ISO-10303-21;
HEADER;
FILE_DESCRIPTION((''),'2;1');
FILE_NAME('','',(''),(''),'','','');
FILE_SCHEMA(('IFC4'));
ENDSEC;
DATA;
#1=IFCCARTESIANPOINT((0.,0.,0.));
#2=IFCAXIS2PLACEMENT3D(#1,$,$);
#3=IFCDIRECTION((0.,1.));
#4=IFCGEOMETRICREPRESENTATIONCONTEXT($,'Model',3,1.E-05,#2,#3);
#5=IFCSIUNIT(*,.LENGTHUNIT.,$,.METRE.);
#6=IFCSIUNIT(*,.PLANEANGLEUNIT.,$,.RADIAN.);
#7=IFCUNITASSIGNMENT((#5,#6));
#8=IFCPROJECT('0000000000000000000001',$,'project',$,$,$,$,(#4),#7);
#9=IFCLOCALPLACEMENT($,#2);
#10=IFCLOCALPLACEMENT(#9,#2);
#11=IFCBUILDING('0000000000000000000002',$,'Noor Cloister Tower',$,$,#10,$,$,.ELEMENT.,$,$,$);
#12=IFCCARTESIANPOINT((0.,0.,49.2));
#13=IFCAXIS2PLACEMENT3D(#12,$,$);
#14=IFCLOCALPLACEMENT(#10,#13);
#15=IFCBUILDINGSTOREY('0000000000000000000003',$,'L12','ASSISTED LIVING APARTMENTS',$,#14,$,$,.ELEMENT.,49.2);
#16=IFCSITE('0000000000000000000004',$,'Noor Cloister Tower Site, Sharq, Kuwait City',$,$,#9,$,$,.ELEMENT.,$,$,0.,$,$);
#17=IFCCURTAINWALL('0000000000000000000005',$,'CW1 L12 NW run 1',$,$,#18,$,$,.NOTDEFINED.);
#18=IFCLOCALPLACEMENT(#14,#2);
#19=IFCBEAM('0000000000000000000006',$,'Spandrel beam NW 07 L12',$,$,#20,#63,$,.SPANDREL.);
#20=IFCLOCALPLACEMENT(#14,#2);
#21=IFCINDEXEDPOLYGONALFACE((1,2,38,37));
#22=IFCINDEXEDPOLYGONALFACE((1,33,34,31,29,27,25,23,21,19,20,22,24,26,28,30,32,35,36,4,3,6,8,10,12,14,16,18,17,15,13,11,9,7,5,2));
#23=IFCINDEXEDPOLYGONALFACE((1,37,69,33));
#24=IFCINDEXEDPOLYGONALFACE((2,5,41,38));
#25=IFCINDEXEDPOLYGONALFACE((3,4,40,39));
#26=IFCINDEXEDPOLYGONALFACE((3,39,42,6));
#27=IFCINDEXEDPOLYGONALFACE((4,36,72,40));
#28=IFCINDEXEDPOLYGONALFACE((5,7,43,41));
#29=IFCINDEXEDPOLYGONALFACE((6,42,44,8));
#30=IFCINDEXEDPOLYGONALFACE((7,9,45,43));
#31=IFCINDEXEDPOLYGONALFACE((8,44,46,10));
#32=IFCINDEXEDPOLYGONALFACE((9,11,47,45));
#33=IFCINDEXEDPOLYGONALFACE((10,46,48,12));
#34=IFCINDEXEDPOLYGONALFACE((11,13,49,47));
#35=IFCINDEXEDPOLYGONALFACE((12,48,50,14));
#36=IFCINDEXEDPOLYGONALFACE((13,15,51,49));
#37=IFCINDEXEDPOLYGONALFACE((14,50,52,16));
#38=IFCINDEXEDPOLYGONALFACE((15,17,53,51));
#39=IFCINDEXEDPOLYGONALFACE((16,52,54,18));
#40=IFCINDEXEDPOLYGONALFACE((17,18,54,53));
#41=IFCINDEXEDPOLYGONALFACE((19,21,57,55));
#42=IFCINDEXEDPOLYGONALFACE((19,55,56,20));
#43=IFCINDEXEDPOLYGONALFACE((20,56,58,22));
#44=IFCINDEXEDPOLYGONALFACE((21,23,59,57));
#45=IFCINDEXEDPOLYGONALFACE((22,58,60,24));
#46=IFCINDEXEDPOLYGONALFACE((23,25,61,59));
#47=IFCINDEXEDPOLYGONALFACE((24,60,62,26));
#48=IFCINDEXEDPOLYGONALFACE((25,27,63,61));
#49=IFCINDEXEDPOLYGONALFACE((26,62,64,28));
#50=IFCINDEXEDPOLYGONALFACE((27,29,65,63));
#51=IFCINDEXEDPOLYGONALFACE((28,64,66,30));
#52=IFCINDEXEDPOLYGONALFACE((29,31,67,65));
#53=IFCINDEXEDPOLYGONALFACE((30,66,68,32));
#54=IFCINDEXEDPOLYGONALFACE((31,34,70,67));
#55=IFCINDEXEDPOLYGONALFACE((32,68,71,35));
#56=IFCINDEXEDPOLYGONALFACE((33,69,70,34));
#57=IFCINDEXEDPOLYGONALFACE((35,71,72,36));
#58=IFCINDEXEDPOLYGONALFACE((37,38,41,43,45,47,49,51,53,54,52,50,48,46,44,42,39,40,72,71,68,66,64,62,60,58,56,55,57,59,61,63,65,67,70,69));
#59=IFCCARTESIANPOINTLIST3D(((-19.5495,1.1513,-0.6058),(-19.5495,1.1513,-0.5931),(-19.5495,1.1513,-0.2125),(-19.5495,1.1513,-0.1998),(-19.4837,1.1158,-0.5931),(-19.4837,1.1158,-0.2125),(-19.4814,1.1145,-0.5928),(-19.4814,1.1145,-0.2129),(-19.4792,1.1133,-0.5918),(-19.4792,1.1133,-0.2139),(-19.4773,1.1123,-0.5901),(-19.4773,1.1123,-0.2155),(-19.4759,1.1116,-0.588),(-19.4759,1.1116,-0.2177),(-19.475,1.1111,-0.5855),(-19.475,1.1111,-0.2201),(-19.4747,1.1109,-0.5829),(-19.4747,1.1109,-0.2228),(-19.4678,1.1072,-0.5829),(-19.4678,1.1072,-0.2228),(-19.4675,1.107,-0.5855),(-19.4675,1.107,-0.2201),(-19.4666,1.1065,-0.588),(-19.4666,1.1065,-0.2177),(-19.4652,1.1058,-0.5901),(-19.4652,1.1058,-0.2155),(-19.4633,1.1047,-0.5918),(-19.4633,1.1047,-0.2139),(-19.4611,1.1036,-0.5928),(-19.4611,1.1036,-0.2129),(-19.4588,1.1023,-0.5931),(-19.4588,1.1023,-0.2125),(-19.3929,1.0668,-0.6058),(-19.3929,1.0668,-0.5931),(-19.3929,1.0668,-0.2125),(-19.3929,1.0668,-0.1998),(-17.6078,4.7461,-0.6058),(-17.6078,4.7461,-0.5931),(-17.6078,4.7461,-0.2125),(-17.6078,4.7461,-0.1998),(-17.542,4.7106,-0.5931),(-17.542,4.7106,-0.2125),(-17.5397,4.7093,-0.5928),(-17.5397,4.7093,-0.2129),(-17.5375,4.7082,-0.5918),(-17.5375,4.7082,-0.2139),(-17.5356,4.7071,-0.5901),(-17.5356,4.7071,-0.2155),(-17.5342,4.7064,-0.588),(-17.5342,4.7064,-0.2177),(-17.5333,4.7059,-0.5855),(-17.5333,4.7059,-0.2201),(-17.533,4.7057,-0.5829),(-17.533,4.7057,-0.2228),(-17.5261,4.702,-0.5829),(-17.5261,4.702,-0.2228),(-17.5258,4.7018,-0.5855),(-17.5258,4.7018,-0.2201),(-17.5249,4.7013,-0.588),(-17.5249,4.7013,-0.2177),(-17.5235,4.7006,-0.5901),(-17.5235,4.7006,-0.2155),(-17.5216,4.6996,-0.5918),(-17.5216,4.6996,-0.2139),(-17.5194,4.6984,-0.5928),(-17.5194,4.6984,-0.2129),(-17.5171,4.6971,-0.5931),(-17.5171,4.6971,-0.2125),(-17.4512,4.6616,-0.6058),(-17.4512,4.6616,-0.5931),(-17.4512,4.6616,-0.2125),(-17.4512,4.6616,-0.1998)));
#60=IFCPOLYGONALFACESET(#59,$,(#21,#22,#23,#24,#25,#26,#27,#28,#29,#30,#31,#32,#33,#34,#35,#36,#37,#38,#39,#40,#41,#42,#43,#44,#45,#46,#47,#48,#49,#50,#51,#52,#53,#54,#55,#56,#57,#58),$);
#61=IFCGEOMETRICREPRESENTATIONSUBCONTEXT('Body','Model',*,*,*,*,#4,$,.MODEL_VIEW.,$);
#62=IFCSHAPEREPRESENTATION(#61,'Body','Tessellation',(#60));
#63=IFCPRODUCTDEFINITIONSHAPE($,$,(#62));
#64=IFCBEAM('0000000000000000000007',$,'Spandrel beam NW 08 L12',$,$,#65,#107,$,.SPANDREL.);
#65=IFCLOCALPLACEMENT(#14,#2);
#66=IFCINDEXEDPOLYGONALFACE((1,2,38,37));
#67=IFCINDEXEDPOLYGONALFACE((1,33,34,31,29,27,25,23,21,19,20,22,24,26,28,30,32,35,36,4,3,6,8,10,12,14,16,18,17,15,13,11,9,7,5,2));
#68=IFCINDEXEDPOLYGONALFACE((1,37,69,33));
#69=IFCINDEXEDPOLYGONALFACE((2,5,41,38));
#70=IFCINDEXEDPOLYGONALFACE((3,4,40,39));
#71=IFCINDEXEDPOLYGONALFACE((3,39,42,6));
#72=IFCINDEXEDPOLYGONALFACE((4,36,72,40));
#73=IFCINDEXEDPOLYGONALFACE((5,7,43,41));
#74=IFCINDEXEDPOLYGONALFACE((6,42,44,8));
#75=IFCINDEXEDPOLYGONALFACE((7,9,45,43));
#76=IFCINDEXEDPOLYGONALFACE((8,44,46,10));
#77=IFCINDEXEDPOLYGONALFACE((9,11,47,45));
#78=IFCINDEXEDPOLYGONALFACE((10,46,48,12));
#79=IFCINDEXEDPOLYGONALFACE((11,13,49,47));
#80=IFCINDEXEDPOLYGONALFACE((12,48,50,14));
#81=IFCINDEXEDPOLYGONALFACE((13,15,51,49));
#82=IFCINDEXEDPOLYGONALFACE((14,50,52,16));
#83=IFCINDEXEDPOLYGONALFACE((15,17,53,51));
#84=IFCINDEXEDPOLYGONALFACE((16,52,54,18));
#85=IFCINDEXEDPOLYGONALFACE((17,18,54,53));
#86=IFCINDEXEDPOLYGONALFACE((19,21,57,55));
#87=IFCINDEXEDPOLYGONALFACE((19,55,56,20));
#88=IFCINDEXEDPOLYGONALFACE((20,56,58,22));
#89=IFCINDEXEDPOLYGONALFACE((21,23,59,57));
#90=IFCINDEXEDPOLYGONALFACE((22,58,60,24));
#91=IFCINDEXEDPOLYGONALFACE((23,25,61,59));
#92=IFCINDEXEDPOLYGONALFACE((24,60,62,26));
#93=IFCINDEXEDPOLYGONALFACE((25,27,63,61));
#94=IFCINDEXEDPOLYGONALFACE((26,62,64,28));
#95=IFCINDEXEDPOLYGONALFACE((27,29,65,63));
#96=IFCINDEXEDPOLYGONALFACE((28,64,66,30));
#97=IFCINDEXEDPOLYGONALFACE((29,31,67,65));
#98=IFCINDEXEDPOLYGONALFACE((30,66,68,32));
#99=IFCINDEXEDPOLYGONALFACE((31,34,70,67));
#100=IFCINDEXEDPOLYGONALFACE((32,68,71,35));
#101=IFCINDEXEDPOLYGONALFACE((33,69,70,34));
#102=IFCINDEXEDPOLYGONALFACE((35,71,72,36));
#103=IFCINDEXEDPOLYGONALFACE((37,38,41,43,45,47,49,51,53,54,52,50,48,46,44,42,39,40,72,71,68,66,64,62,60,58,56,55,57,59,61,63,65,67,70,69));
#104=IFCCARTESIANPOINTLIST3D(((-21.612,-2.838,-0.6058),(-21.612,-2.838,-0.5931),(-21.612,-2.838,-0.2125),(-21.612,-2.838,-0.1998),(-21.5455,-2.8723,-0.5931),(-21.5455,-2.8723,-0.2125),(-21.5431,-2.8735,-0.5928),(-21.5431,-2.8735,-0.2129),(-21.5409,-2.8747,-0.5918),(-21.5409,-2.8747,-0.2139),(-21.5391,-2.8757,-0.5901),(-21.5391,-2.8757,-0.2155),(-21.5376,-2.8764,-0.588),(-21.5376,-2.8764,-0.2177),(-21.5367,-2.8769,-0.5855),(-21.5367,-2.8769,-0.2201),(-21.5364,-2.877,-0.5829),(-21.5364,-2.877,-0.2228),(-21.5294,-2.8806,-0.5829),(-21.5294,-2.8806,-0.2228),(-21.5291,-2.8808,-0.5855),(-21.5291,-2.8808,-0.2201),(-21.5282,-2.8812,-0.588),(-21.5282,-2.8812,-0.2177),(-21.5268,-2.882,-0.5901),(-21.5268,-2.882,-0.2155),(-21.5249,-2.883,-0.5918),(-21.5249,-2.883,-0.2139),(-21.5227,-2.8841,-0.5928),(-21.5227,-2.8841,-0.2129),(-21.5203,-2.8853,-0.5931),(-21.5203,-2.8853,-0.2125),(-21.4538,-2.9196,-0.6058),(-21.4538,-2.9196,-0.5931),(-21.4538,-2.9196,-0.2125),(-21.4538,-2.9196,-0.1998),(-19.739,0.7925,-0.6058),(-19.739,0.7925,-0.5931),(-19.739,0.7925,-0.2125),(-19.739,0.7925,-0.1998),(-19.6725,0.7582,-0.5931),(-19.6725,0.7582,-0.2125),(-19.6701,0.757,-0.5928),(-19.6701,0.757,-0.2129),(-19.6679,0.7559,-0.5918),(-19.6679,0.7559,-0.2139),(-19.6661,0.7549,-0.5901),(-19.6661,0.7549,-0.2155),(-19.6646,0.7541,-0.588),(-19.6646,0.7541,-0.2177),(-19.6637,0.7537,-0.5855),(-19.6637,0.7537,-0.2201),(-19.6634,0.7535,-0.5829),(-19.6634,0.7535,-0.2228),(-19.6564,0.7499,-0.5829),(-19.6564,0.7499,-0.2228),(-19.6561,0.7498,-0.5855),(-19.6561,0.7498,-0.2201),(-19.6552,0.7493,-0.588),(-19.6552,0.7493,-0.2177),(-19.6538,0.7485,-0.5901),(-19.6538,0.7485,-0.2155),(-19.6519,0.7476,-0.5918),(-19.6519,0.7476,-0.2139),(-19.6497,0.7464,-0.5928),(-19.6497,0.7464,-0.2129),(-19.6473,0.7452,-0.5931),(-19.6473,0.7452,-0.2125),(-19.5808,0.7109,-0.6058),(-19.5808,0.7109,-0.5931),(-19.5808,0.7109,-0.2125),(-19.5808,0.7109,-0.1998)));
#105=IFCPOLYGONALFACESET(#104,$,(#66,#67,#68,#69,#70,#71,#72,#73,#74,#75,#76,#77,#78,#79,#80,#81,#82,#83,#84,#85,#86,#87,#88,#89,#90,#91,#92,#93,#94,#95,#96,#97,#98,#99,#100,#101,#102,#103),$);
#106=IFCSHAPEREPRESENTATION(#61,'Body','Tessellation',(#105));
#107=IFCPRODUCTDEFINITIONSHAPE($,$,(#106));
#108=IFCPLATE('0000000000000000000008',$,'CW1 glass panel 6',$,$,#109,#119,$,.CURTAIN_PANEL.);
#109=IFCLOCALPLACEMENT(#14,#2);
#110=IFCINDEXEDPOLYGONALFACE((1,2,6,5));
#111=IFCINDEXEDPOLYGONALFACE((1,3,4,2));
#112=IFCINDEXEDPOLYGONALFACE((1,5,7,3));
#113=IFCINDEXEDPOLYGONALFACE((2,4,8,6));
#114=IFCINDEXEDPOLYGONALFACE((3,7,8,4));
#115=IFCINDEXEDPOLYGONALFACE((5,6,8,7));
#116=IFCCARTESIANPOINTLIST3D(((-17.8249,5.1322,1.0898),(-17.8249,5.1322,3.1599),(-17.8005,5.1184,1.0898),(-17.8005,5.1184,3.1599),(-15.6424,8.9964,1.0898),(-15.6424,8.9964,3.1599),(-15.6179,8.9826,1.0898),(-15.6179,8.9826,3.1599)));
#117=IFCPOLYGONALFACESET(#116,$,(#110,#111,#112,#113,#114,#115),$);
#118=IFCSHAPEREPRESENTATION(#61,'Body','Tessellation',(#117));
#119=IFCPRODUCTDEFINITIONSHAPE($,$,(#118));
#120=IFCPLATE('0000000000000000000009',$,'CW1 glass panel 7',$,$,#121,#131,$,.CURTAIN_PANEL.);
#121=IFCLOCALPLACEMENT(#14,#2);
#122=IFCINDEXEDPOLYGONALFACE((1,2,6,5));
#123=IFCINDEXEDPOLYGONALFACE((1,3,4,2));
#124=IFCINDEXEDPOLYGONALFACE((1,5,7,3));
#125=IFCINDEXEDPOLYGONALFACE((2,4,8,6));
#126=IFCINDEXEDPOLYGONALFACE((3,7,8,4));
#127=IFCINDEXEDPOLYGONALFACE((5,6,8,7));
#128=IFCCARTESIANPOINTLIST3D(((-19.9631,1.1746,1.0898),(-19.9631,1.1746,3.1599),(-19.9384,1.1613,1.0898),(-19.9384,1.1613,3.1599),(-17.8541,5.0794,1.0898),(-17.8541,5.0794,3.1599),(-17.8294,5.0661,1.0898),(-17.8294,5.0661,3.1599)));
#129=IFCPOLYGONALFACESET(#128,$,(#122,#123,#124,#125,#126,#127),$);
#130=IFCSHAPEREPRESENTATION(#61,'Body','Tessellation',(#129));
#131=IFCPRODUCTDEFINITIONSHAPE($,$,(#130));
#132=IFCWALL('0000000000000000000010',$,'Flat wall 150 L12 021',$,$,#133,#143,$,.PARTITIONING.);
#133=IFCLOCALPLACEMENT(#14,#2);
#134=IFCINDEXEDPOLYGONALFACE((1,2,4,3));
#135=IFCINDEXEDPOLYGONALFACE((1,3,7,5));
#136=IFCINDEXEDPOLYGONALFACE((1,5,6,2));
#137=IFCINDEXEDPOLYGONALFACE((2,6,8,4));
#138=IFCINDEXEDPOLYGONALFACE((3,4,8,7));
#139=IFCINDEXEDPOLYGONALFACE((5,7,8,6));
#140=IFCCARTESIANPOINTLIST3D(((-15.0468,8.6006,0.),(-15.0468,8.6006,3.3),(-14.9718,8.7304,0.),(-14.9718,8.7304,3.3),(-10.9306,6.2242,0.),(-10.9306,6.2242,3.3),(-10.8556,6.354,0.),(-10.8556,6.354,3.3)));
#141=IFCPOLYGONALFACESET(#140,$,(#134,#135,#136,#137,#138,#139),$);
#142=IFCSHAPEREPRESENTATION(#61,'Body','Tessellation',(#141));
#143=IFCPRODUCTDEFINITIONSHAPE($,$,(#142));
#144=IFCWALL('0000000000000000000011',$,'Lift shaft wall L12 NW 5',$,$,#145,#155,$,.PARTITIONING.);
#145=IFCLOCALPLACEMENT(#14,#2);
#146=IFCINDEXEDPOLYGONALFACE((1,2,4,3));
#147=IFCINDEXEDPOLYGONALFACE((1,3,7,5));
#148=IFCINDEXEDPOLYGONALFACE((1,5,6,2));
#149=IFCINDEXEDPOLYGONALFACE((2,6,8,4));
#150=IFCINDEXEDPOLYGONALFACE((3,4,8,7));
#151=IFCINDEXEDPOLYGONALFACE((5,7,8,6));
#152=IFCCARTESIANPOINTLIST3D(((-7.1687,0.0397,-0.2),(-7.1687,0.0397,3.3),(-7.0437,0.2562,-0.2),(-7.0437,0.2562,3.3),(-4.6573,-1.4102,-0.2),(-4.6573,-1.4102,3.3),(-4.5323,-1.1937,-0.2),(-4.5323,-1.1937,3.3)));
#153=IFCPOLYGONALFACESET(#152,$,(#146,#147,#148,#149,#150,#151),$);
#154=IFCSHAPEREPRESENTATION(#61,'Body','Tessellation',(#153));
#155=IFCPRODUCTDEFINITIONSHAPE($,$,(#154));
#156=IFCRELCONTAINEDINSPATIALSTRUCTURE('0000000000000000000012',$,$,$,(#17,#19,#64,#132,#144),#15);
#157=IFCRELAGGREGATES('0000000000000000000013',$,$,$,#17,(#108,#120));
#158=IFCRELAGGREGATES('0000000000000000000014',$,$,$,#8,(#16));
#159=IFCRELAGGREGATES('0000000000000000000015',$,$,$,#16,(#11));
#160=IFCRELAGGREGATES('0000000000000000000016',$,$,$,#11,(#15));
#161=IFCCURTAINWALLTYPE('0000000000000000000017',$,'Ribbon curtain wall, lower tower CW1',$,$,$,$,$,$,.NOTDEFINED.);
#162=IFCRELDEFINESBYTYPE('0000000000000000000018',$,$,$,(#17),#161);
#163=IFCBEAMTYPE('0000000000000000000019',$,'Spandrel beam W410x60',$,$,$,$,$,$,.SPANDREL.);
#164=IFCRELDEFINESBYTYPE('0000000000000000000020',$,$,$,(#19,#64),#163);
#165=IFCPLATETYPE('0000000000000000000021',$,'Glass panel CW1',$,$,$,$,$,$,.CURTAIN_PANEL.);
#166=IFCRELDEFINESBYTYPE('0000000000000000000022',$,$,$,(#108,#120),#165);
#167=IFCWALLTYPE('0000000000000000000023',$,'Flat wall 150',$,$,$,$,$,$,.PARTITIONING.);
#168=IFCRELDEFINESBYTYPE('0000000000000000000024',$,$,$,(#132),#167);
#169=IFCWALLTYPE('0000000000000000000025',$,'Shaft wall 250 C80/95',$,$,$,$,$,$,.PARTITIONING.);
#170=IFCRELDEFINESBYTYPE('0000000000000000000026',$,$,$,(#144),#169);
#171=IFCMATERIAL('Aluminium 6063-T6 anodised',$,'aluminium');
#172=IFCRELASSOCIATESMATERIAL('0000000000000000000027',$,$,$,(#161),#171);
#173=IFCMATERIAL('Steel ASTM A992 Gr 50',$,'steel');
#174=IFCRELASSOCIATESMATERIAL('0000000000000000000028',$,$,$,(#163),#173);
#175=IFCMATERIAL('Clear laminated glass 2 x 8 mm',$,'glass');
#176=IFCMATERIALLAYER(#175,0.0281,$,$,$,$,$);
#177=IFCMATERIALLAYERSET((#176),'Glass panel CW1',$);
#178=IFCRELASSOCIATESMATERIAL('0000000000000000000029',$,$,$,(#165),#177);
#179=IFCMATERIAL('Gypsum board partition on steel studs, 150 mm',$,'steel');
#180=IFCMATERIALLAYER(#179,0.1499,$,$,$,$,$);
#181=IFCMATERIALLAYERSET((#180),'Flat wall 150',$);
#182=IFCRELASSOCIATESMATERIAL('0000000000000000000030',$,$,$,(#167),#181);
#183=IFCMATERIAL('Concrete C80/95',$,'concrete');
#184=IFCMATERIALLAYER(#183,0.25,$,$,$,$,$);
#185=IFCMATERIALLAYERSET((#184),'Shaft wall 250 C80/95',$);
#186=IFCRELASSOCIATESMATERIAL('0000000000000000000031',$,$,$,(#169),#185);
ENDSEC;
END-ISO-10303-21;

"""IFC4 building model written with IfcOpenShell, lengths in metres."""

from ifc_helpers import new_model, si_unit, direction, frame, frame_2d, origin, origin_2d, place, context, subcontext, project, spatial, rectangle, i_section, extrude, material, layer, layer_set, material_profile, profile_set, type_object, element, aggregate, save


model = new_model("IFC4")

# Units and contexts
model_context = context("Model", 3, precision=1e-05, world=origin(), true_north=direction((0.0, 1.0)))
body_context = subcontext(model_context, "Body", "Model", "MODEL_VIEW")
ifc_project = project(units=[si_unit("LENGTHUNIT", "METRE"), si_unit("PLANEANGLEUNIT", "RADIAN")], contexts=[model_context])

# Site, building, storey
site_placement = place(None, origin())
site = spatial("IfcSite", under=ifc_project, at=site_placement, Name="Noor Cloister Tower Site, Sharq, Kuwait City", CompositionType="ELEMENT", RefElevation=0.0)
building_placement = place(site_placement, origin())
building = spatial("IfcBuilding", under=site, at=building_placement, Name="Noor Cloister Tower", CompositionType="ELEMENT")
storey_placement = place(building_placement, frame((0.0, 0.0, 49.2)))
storey = spatial("IfcBuildingStorey", under=building, at=storey_placement, Name="L12", Description="ASSISTED LIVING APARTMENTS", CompositionType="ELEMENT", Elevation=49.2)

# Curtain wall
ifc_material_1 = material(Name="Aluminium 6063-T6 anodised", Category="aluminium")
curtain_wall_type = type_object("IfcCurtainWallType", Name="Ribbon curtain wall, lower tower CW1", PredefinedType="NOTDEFINED", material=ifc_material_1)
curtain_wall_placement = place(storey_placement, origin())
curtain_wall = element("IfcCurtainWall", 1, at=curtain_wall_placement, inside=storey, type_object=curtain_wall_type, Name="CW1 L12 NW run 1", PredefinedType="NOTDEFINED")

# Beams
ifc_material_2 = material(Name="Steel ASTM A992 Gr 50", Category="steel")
ifc_material_profile_1 = material_profile(ifc_material_2, i_section(OverallWidth=0.178, OverallDepth=0.406, WebThickness=0.0078, FlangeThickness=0.0127, FilletRadius=0.0103, at=origin_2d()), Name="W410x60")
ifc_profile_set_1 = profile_set([ifc_material_profile_1], Name="Steel ASTM A992 Gr 50")
beam_type_1 = type_object("IfcBeamType", Name="Spandrel beam W410x60", PredefinedType="SPANDREL", material=ifc_profile_set_1)
beam_1_placement = place(storey_placement, frame((-17.5295, 4.7039, -0.4028), z_axis=(-0.475243, -0.879854, 0.0), x_axis=(0.879854, -0.475243, 0.0)))
element("IfcBeam", 2, at=beam_1_placement, inside=storey, type_object=beam_type_1, Name="Spandrel beam NW 07 L12", PredefinedType="SPANDREL", context=body_context, shape_type="SweptSolid", body=[
    extrude(i_section(OverallWidth=0.178, OverallDepth=0.406, WebThickness=0.0078, FlangeThickness=0.0127, FilletRadius=0.0103, at=origin_2d()), origin(), (0.0, 0.0, 1.0), 4.0857),
])
beam_2_placement = place(storey_placement, frame((-19.6599, 0.7517, -0.4028), z_axis=(-0.458485, -0.888702, 0.0), x_axis=(0.888702, -0.458485, 0.0)))
element("IfcBeam", 3, at=beam_2_placement, inside=storey, type_object=beam_type_1, Name="Spandrel beam NW 08 L12", PredefinedType="SPANDREL", context=body_context, shape_type="SweptSolid", body=[
    extrude(i_section(OverallWidth=0.178, OverallDepth=0.406, WebThickness=0.0078, FlangeThickness=0.0127, FilletRadius=0.0103, at=origin_2d()), origin(), (0.0, 0.0, 1.0), 4.0852),
])

# Plates
ifc_material_3 = material(Name="Clear laminated glass 2 x 8 mm", Category="glass")
ifc_layer_1 = layer(ifc_material_3, 0.0281)
ifc_layer_set_1 = layer_set([ifc_layer_1], Name="Glass panel CW1")
plate_type = type_object("IfcPlateType", Name="Glass panel CW1", PredefinedType="CURTAIN_PANEL", material=ifc_layer_set_1)
plate_1_placement = place(storey_placement, frame((-16.7214, 7.0574, 1.0898), z_axis=(0.0, 0.0, 1.0), x_axis=(-0.491787, -0.870716, 0.0)))
plate_1 = element("IfcPlate", 4, at=plate_1_placement, type_object=plate_type, Name="CW1 glass panel 6", PredefinedType="CURTAIN_PANEL", context=body_context, shape_type="SweptSolid", body=[
    extrude(rectangle(XDim=4.438, YDim=0.0281, at=origin_2d()), origin(), (0.0, 0.0, 1.0), 2.0701),
])
plate_2_placement = place(storey_placement, frame((-18.8962, 3.1204, 1.0898), z_axis=(0.0, 0.0, 1.0), x_axis=(-0.47523, -0.879862, 0.0)))
plate_2 = element("IfcPlate", 5, at=plate_2_placement, type_object=plate_type, Name="CW1 glass panel 7", PredefinedType="CURTAIN_PANEL", context=body_context, shape_type="SweptSolid", body=[
    extrude(rectangle(XDim=4.438, YDim=0.0281, at=origin_2d()), origin(), (0.0, 0.0, 1.0), 2.0701),
])
aggregate(curtain_wall, [plate_1, plate_2])

# Walls
ifc_material_4 = material(Name="Gypsum board partition on steel studs, 150 mm", Category="steel")
ifc_layer_2 = layer(ifc_material_4, 0.1499)
ifc_layer_set_2 = layer_set([ifc_layer_2], Name="Flat wall 150")
wall_type_1 = type_object("IfcWallType", Name="Flat wall 150", PredefinedType="PARTITIONING", material=ifc_layer_set_2)
wall_1_placement = place(storey_placement, frame((-15.0093, 8.6655, 0.0), z_axis=(0.0, 0.0, 1.0), x_axis=(0.866028, -0.499995, 0.0)))
element("IfcWall", 6, at=wall_1_placement, inside=storey, type_object=wall_type_1, Name="Flat wall 150 L12 021", PredefinedType="PARTITIONING", context=body_context, shape_type="SweptSolid", body=[
    extrude(rectangle(XDim=4.7529, YDim=0.1499, at=frame_2d((2.3765, 0.0))), origin(), (0.0, 0.0, 1.0), 3.3),
])
ifc_material_5 = material(Name="Concrete C80/95", Category="concrete")
ifc_layer_3 = layer(ifc_material_5, 0.25)
ifc_layer_set_3 = layer_set([ifc_layer_3], Name="Shaft wall 250 C80/95")
wall_type_2 = type_object("IfcWallType", Name="Shaft wall 250 C80/95", PredefinedType="PARTITIONING", material=ifc_layer_set_3)
wall_2_placement = place(storey_placement, frame((-7.1062, 0.1479, -0.2), z_axis=(0.0, 0.0, 1.0), x_axis=(0.866033, -0.499987, 0.0)))
element("IfcWall", 7, at=wall_2_placement, inside=storey, type_object=wall_type_2, Name="Lift shaft wall L12 NW 5", PredefinedType="PARTITIONING", context=body_context, shape_type="SweptSolid", body=[
    extrude(rectangle(XDim=2.8999, YDim=0.25, at=frame_2d((1.45, 0.0))), origin(), (0.0, 0.0, 1.0), 3.5),
])

save(model, "model.ifc")
